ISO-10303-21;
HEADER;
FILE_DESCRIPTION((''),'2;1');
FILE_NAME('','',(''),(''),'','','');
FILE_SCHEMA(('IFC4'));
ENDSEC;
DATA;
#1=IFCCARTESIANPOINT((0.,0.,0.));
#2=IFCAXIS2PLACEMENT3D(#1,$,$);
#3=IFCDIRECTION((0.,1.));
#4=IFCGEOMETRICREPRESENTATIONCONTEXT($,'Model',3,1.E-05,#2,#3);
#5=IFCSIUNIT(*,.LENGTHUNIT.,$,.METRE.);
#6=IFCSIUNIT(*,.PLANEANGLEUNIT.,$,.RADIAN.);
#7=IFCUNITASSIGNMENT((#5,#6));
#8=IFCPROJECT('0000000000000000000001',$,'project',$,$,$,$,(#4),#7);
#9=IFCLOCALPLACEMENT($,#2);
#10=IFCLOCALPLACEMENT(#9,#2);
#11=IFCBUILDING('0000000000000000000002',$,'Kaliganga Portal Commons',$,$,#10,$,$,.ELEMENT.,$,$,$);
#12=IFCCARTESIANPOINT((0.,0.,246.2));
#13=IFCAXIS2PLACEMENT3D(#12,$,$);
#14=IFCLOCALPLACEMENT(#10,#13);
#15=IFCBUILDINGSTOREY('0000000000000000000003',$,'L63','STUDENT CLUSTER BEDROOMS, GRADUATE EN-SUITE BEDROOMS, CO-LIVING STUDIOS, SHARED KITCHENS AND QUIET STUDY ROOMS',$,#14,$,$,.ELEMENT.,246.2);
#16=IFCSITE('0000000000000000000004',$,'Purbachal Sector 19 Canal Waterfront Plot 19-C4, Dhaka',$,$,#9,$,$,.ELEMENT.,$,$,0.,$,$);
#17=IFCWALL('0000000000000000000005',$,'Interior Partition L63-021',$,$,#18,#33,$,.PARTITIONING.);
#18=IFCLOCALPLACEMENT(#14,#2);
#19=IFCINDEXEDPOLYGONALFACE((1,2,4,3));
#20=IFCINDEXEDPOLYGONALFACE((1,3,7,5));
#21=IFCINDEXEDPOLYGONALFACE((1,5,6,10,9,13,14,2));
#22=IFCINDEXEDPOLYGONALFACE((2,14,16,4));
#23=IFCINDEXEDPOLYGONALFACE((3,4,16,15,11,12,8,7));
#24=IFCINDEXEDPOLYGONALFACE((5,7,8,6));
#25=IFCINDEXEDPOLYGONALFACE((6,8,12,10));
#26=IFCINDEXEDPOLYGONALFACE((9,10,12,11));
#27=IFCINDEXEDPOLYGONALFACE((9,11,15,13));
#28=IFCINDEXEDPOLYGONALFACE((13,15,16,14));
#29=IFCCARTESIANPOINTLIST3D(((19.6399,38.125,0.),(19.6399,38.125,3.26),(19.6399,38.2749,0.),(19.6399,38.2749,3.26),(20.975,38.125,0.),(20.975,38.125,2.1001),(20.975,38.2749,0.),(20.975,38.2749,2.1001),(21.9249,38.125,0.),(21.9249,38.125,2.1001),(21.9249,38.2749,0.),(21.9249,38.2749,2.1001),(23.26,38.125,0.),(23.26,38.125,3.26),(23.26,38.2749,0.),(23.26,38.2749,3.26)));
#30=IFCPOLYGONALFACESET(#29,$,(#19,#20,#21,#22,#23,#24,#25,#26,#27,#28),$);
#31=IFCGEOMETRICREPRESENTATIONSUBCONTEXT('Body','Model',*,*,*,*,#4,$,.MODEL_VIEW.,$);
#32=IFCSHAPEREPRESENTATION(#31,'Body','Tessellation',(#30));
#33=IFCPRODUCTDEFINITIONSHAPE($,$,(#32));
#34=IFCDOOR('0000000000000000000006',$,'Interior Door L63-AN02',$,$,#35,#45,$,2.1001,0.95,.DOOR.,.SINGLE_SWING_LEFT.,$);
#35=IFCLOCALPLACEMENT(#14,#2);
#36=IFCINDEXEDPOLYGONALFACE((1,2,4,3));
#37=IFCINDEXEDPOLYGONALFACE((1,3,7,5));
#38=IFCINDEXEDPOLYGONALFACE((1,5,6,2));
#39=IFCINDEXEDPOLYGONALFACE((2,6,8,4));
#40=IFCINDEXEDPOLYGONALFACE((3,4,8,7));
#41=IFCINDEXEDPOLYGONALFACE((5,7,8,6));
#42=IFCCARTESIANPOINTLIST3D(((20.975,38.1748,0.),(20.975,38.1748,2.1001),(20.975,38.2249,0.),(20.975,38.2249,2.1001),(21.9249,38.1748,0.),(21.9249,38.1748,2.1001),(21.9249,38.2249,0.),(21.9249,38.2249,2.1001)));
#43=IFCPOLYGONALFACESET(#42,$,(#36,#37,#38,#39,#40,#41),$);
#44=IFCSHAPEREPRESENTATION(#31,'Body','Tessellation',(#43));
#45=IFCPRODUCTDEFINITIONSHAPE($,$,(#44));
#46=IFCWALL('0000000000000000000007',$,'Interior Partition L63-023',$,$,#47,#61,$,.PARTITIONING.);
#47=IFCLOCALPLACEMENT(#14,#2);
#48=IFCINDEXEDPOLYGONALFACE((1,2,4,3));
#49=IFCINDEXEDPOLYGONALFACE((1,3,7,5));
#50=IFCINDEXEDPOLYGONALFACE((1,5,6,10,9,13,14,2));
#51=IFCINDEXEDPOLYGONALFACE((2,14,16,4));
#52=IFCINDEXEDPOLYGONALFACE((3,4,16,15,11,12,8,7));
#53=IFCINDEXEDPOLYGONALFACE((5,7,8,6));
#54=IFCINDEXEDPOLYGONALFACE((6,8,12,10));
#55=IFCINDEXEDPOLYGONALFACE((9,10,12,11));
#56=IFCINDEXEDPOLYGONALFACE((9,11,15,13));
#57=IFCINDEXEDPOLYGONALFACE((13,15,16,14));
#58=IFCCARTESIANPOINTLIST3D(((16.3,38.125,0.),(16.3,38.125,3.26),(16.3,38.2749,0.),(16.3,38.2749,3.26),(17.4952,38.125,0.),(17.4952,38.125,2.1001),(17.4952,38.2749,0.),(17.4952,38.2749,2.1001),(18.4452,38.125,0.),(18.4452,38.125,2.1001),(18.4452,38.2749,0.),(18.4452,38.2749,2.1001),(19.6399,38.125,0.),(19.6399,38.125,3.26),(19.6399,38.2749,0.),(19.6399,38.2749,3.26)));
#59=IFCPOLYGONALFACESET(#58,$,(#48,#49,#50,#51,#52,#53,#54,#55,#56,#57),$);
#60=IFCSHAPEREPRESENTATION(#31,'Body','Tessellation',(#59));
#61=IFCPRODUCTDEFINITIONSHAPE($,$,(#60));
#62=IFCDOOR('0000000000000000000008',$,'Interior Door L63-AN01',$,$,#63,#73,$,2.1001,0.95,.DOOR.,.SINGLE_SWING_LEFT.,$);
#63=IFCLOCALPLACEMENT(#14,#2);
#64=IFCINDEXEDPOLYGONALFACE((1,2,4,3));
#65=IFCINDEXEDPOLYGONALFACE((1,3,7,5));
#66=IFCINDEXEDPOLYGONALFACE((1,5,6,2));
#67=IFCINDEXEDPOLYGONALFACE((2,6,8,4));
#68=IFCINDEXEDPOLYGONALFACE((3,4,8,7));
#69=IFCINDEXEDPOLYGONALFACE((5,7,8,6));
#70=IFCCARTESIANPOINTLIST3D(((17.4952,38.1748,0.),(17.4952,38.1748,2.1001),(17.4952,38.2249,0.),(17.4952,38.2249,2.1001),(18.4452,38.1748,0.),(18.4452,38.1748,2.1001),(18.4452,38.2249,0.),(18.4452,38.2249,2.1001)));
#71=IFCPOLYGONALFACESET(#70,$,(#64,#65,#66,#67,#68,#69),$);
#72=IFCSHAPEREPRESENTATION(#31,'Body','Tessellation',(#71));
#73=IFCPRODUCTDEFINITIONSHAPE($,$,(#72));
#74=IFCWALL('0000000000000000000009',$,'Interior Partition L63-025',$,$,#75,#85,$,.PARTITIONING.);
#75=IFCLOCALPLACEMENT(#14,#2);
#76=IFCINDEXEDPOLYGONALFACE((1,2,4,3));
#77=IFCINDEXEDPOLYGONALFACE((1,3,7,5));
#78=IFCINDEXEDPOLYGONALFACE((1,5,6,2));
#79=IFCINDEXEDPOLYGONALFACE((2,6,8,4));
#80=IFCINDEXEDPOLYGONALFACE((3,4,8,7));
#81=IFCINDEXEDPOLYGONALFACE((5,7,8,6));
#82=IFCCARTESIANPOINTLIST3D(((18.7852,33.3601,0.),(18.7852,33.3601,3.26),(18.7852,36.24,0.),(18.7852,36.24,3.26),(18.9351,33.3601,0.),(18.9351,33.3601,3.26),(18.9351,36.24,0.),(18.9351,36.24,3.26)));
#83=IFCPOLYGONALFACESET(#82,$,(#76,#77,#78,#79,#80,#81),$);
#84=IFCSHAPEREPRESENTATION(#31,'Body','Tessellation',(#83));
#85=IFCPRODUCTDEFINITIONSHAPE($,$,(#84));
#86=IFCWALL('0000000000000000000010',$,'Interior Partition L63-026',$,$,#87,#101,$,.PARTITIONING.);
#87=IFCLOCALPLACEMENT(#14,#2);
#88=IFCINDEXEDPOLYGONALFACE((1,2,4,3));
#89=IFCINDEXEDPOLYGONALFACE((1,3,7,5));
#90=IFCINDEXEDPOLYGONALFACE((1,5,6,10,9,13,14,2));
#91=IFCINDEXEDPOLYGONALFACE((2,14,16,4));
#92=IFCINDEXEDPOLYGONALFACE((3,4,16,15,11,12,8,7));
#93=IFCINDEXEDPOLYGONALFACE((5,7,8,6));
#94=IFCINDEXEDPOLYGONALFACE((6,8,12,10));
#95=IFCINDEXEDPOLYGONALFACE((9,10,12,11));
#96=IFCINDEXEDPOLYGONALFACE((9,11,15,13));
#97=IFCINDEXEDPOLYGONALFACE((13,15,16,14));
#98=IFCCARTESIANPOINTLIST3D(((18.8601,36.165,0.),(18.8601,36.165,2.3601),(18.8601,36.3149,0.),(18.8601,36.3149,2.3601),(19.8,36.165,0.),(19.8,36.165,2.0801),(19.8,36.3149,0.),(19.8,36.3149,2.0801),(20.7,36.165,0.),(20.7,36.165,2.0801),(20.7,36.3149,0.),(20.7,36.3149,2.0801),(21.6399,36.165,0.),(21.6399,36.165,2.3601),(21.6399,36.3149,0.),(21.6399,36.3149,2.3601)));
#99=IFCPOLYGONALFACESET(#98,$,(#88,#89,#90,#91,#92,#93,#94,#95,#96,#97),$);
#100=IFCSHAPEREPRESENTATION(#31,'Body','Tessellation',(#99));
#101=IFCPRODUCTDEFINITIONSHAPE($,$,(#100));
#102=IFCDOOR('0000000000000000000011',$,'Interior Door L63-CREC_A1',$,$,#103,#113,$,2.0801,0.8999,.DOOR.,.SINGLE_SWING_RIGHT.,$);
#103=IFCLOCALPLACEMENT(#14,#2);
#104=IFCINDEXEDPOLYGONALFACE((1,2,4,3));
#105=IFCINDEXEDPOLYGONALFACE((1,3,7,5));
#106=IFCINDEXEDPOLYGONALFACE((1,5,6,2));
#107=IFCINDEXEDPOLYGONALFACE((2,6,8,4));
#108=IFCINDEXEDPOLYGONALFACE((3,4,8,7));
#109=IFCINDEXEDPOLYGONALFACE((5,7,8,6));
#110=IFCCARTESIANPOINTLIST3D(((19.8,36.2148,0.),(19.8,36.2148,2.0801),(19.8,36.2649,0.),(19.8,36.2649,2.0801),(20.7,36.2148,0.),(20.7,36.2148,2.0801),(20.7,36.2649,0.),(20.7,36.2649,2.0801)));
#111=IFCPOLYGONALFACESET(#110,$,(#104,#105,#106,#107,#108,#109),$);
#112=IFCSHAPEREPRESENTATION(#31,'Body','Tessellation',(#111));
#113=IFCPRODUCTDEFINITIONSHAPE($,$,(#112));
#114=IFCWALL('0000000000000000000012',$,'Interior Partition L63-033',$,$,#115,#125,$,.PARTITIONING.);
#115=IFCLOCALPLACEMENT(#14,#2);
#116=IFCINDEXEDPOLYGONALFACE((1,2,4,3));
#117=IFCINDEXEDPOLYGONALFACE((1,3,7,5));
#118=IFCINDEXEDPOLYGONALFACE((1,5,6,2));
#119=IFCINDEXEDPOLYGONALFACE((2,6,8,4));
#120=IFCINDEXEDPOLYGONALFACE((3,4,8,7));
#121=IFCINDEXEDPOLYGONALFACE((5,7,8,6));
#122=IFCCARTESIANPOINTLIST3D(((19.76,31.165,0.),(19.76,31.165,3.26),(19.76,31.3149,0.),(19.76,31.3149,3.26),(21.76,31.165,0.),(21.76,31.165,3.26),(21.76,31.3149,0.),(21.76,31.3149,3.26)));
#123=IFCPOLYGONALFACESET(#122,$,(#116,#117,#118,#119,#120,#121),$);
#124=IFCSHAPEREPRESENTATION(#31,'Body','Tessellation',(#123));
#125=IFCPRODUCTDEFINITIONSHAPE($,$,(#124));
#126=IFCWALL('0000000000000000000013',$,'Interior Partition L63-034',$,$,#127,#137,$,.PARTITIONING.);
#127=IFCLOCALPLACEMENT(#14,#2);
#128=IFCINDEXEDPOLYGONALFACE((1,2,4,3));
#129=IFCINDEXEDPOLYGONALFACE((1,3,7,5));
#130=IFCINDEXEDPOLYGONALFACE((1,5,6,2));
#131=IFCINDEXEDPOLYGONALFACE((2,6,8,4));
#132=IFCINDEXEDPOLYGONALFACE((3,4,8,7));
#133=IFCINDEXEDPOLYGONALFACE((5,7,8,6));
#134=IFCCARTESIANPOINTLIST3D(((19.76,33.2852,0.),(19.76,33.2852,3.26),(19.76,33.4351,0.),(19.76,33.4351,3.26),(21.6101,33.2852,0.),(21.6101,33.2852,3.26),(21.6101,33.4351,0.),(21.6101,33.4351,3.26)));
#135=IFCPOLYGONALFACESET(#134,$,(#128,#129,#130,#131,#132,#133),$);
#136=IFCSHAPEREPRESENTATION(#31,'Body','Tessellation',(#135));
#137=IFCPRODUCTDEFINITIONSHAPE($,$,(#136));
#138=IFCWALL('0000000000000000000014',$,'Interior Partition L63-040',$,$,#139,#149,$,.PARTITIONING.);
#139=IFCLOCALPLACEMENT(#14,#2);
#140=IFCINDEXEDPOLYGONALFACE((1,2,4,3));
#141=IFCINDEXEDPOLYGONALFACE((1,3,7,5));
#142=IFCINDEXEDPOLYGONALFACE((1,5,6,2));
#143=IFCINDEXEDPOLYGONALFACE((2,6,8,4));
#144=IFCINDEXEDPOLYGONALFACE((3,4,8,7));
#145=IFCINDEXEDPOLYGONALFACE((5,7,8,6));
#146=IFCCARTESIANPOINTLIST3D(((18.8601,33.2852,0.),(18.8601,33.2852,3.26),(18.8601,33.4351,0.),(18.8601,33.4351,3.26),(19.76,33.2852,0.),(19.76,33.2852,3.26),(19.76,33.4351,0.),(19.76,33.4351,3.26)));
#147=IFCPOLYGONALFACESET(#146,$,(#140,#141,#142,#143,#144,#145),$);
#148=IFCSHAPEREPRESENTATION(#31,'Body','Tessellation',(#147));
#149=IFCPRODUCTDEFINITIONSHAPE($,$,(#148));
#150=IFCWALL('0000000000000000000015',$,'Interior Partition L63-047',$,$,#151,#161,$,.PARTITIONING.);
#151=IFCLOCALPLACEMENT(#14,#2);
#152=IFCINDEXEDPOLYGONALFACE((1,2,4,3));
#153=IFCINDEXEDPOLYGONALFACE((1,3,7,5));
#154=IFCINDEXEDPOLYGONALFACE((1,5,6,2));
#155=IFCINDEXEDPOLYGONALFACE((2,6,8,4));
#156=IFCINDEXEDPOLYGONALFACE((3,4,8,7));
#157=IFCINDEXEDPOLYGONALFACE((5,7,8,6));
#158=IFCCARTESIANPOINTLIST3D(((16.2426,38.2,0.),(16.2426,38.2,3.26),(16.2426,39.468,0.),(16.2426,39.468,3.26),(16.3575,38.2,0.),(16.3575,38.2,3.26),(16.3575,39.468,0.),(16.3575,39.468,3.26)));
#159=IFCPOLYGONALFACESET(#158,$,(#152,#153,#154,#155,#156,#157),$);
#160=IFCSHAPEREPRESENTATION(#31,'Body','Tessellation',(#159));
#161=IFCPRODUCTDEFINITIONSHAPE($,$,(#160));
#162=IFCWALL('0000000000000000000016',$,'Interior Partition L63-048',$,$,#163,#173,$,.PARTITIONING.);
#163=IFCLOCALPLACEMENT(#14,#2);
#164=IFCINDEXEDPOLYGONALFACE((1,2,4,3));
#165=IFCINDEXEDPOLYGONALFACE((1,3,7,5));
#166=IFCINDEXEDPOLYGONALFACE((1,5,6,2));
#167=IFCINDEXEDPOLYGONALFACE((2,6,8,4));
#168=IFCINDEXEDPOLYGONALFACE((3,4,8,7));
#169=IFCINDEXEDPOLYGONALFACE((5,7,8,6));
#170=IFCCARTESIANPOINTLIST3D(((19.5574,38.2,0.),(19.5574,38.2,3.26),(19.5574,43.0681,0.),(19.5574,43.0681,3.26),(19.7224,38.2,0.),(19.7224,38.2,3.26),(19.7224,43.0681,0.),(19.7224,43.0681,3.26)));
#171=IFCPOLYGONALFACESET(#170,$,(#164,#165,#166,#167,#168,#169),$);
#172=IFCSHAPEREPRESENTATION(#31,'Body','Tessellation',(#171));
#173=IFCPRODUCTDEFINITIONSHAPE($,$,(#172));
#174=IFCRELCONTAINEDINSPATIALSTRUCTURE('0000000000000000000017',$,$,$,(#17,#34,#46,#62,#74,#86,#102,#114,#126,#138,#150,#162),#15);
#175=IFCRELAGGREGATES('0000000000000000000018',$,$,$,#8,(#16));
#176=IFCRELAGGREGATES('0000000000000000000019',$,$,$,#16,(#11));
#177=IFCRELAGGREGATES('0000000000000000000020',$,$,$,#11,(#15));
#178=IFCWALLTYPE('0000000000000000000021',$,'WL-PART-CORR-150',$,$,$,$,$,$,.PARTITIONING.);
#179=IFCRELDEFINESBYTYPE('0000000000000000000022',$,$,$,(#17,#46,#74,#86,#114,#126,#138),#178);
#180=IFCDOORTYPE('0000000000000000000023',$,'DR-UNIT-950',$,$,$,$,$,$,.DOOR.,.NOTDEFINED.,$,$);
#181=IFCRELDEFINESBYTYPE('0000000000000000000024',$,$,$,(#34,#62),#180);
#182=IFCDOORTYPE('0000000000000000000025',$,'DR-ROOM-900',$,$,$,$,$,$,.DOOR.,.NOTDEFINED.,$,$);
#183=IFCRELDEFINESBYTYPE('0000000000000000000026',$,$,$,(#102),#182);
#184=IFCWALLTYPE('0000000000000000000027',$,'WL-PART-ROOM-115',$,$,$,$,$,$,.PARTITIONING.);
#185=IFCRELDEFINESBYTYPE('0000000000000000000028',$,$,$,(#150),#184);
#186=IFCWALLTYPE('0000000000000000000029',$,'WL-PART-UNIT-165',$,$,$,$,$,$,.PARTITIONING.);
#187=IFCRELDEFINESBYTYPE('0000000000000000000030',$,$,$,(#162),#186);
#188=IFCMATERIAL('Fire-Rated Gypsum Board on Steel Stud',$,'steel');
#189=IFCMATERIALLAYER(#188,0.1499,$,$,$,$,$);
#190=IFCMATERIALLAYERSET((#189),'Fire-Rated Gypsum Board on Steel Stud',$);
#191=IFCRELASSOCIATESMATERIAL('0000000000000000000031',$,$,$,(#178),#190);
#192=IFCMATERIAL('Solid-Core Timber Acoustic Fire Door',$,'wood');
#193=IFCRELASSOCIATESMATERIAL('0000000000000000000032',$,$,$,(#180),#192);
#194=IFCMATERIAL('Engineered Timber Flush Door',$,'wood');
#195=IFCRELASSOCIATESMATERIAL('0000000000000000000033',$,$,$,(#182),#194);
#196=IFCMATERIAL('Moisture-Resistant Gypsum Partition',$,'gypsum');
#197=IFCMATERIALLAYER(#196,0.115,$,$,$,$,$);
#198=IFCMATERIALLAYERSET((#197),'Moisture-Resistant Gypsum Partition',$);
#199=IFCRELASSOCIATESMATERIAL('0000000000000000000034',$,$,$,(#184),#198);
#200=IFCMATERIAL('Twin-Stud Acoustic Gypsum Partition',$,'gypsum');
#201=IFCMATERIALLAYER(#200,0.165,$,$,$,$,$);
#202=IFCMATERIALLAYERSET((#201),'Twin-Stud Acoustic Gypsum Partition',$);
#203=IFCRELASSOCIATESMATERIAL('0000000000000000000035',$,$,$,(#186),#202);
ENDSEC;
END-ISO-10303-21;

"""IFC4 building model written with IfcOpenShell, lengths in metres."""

from ifc_helpers import new_model, si_unit, direction, frame, frame_2d, origin, place, context, subcontext, project, spatial, rectangle, extrude, material, layer, layer_set, type_object, element, fill, save


model = new_model("IFC4")

# Units and contexts
model_context = context("Model", 3, precision=1e-05, world=origin(), true_north=direction((0.0, 1.0)))
body_context = subcontext(model_context, "Body", "Model", "MODEL_VIEW")
ifc_project = project(units=[si_unit("LENGTHUNIT", "METRE"), si_unit("PLANEANGLEUNIT", "RADIAN")], contexts=[model_context])

# Site, building, storey
site_placement = place(None, origin())
site = spatial("IfcSite", under=ifc_project, at=site_placement, Name="Purbachal Sector 19 Canal Waterfront Plot 19-C4, Dhaka", CompositionType="ELEMENT", RefElevation=0.0)
building_placement = place(site_placement, origin())
building = spatial("IfcBuilding", under=site, at=building_placement, Name="Kaliganga Portal Commons", CompositionType="ELEMENT")
storey_placement = place(building_placement, frame((0.0, 0.0, 246.2)))
storey = spatial("IfcBuildingStorey", under=building, at=storey_placement, Name="L63", Description="STUDENT CLUSTER BEDROOMS, GRADUATE EN-SUITE BEDROOMS, CO-LIVING STUDIOS, SHARED KITCHENS AND QUIET STUDY ROOMS", CompositionType="ELEMENT", Elevation=246.2)

# Walls, openings, doors
ifc_material_1 = material(Name="Fire-Rated Gypsum Board on Steel Stud", Category="steel")
ifc_layer_1 = layer(ifc_material_1, 0.1499)
ifc_layer_set_1 = layer_set([ifc_layer_1], Name="Fire-Rated Gypsum Board on Steel Stud")
wall_type_1 = type_object("IfcWallType", Name="WL-PART-CORR-150", PredefinedType="PARTITIONING", material=ifc_layer_set_1)
wall_1_placement = place(storey_placement, frame((19.6399, 38.2, 0.0), z_axis=(0.0, 0.0, 1.0), x_axis=(1.0, 0.0, 0.0)))
wall_1 = element("IfcWall", 1, at=wall_1_placement, inside=storey, type_object=wall_type_1, Name="Interior Partition L63-021", PredefinedType="PARTITIONING", context=body_context, shape_type="SweptSolid", body=[
    extrude(rectangle(XDim=3.6201, YDim=0.1499, at=frame_2d((1.8101, 0.0))), origin(), (0.0, 0.0, 1.0), 3.26),
])
opening_1_placement = place(wall_1_placement, frame((1.335, 0.0, 0.0)))
opening_1 = element("IfcOpeningElement", 2, at=opening_1_placement, cuts=wall_1, PredefinedType="OPENING", context=body_context, shape_type="SweptSolid", body=[
    extrude(rectangle(XDim=0.95, YDim=2.1001, at=frame_2d((0.4751, 1.05))), frame((0.0, 0.085, 0.0), z_axis=(0.0, -1.0, 0.0), x_axis=(1.0, 0.0, 0.0)), (0.0, 0.0, 1.0), 0.1699),
])
ifc_material_2 = material(Name="Solid-Core Timber Acoustic Fire Door", Category="wood")
door_type_1 = type_object("IfcDoorType", Name="DR-UNIT-950", OperationType="NOTDEFINED", PredefinedType="DOOR", material=ifc_material_2)
door_1_placement = place(opening_1_placement, origin())
door_1 = element("IfcDoor", 3, at=door_1_placement, inside=storey, type_object=door_type_1, Name="Interior Door L63-AN02", OperationType="SINGLE_SWING_LEFT", OverallHeight=2.1001, OverallWidth=0.95, PredefinedType="DOOR", context=body_context, shape_type="SweptSolid", body=[
    extrude(rectangle(XDim=0.95, YDim=2.1001, at=frame_2d((0.4751, 1.05))), frame((0.0, 0.0249, 0.0), z_axis=(0.0, -1.0, 0.0), x_axis=(1.0, 0.0, 0.0)), (0.0, 0.0, 1.0), 0.05),
])
fill(opening_1, door_1)
wall_2_placement = place(storey_placement, frame((16.3, 38.2, 0.0), z_axis=(0.0, 0.0, 1.0), x_axis=(1.0, 0.0, 0.0)))
wall_2 = element("IfcWall", 4, at=wall_2_placement, inside=storey, type_object=wall_type_1, Name="Interior Partition L63-023", PredefinedType="PARTITIONING", context=body_context, shape_type="SweptSolid", body=[
    extrude(rectangle(XDim=3.3398, YDim=0.1499, at=frame_2d((1.6699, 0.0))), origin(), (0.0, 0.0, 1.0), 3.26),
])
opening_2_placement = place(wall_2_placement, frame((1.1951, 0.0, 0.0)))
opening_2 = element("IfcOpeningElement", 5, at=opening_2_placement, cuts=wall_2, PredefinedType="OPENING", context=body_context, shape_type="SweptSolid", body=[
    extrude(rectangle(XDim=0.95, YDim=2.1001, at=frame_2d((0.4751, 1.05))), frame((0.0, 0.085, 0.0), z_axis=(0.0, -1.0, 0.0), x_axis=(1.0, 0.0, 0.0)), (0.0, 0.0, 1.0), 0.1699),
])
door_2_placement = place(opening_2_placement, origin())
door_2 = element("IfcDoor", 6, at=door_2_placement, inside=storey, type_object=door_type_1, Name="Interior Door L63-AN01", OperationType="SINGLE_SWING_LEFT", OverallHeight=2.1001, OverallWidth=0.95, PredefinedType="DOOR", context=body_context, shape_type="SweptSolid", body=[
    extrude(rectangle(XDim=0.95, YDim=2.1001, at=frame_2d((0.4751, 1.05))), frame((0.0, 0.0249, 0.0), z_axis=(0.0, -1.0, 0.0), x_axis=(1.0, 0.0, 0.0)), (0.0, 0.0, 1.0), 0.05),
])
fill(opening_2, door_2)

# Wall
wall_3_placement = place(storey_placement, frame((18.8601, 33.3601, 0.0), z_axis=(0.0, 0.0, 1.0), x_axis=(0.0, 1.0, 0.0)))
element("IfcWall", 7, at=wall_3_placement, inside=storey, type_object=wall_type_1, Name="Interior Partition L63-025", PredefinedType="PARTITIONING", context=body_context, shape_type="SweptSolid", body=[
    extrude(rectangle(XDim=2.8799, YDim=0.1499, at=frame_2d((1.4399, 0.0))), origin(), (0.0, 0.0, 1.0), 3.26),
])

# Wall, opening, door
wall_4_placement = place(storey_placement, frame((18.8601, 36.24, 0.0), z_axis=(0.0, 0.0, 1.0), x_axis=(1.0, 0.0, 0.0)))
wall_4 = element("IfcWall", 8, at=wall_4_placement, inside=storey, type_object=wall_type_1, Name="Interior Partition L63-026", PredefinedType="PARTITIONING", context=body_context, shape_type="SweptSolid", body=[
    extrude(rectangle(XDim=2.7798, YDim=0.1499, at=frame_2d((1.3899, 0.0))), origin(), (0.0, 0.0, 1.0), 2.3601),
])
opening_3_placement = place(wall_4_placement, frame((0.9399, 0.0, 0.0)))
opening_3 = element("IfcOpeningElement", 9, at=opening_3_placement, cuts=wall_4, PredefinedType="OPENING", context=body_context, shape_type="SweptSolid", body=[
    extrude(rectangle(XDim=0.8999, YDim=2.0801, at=frame_2d((0.45, 1.04))), frame((0.0, 0.085, 0.0), z_axis=(0.0, -1.0, 0.0), x_axis=(1.0, 0.0, 0.0)), (0.0, 0.0, 1.0), 0.1699),
])
ifc_material_3 = material(Name="Engineered Timber Flush Door", Category="wood")
door_type_2 = type_object("IfcDoorType", Name="DR-ROOM-900", OperationType="NOTDEFINED", PredefinedType="DOOR", material=ifc_material_3)
door_3_placement = place(opening_3_placement, origin())
door_3 = element("IfcDoor", 10, at=door_3_placement, inside=storey, type_object=door_type_2, Name="Interior Door L63-CREC_A1", OperationType="SINGLE_SWING_RIGHT", OverallHeight=2.0801, OverallWidth=0.8999, PredefinedType="DOOR", context=body_context, shape_type="SweptSolid", body=[
    extrude(rectangle(XDim=0.8999, YDim=2.0801, at=frame_2d((0.45, 1.04))), frame((0.0, 0.0249, 0.0), z_axis=(0.0, -1.0, 0.0), x_axis=(1.0, 0.0, 0.0)), (0.0, 0.0, 1.0), 0.05),
])
fill(opening_3, door_3)

# Walls
wall_5_placement = place(storey_placement, frame((19.76, 31.24, 0.0), z_axis=(0.0, 0.0, 1.0), x_axis=(1.0, 0.0, 0.0)))
element("IfcWall", 11, at=wall_5_placement, inside=storey, type_object=wall_type_1, Name="Interior Partition L63-033", PredefinedType="PARTITIONING", context=body_context, shape_type="SweptSolid", body=[
    extrude(rectangle(XDim=2.0, YDim=0.1499, at=frame_2d((1.0, 0.0))), origin(), (0.0, 0.0, 1.0), 3.26),
])
wall_6_placement = place(storey_placement, frame((19.76, 33.3601, 0.0), z_axis=(0.0, 0.0, 1.0), x_axis=(1.0, 0.0, 0.0)))
element("IfcWall", 12, at=wall_6_placement, inside=storey, type_object=wall_type_1, Name="Interior Partition L63-034", PredefinedType="PARTITIONING", context=body_context, shape_type="SweptSolid", body=[
    extrude(rectangle(XDim=1.8501, YDim=0.1499, at=frame_2d((0.925, 0.0))), origin(), (0.0, 0.0, 1.0), 3.26),
])
wall_7_placement = place(storey_placement, frame((18.8601, 33.3601, 0.0), z_axis=(0.0, 0.0, 1.0), x_axis=(1.0, 0.0, 0.0)))
element("IfcWall", 13, at=wall_7_placement, inside=storey, type_object=wall_type_1, Name="Interior Partition L63-040", PredefinedType="PARTITIONING", context=body_context, shape_type="SweptSolid", body=[
    extrude(rectangle(XDim=0.8999, YDim=0.1499, at=frame_2d((0.45, 0.0))), origin(), (0.0, 0.0, 1.0), 3.26),
])
ifc_material_4 = material(Name="Moisture-Resistant Gypsum Partition", Category="gypsum")
ifc_layer_2 = layer(ifc_material_4, 0.115)
ifc_layer_set_2 = layer_set([ifc_layer_2], Name="Moisture-Resistant Gypsum Partition")
wall_type_2 = type_object("IfcWallType", Name="WL-PART-ROOM-115", PredefinedType="PARTITIONING", material=ifc_layer_set_2)
wall_8_placement = place(storey_placement, frame((16.3, 38.2, 0.0), z_axis=(0.0, 0.0, 1.0), x_axis=(0.0, 1.0, 0.0)))
element("IfcWall", 14, at=wall_8_placement, inside=storey, type_object=wall_type_2, Name="Interior Partition L63-047", PredefinedType="PARTITIONING", context=body_context, shape_type="SweptSolid", body=[
    extrude(rectangle(XDim=1.2681, YDim=0.115, at=frame_2d((0.634, 0.0))), origin(), (0.0, 0.0, 1.0), 3.26),
])
ifc_material_5 = material(Name="Twin-Stud Acoustic Gypsum Partition", Category="gypsum")
ifc_layer_3 = layer(ifc_material_5, 0.165)
ifc_layer_set_3 = layer_set([ifc_layer_3], Name="Twin-Stud Acoustic Gypsum Partition")
wall_type_3 = type_object("IfcWallType", Name="WL-PART-UNIT-165", PredefinedType="PARTITIONING", material=ifc_layer_set_3)
wall_9_placement = place(storey_placement, frame((19.6399, 38.2, 0.0), z_axis=(0.0, 0.0, 1.0), x_axis=(0.0, 1.0, 0.0)))
element("IfcWall", 15, at=wall_9_placement, inside=storey, type_object=wall_type_3, Name="Interior Partition L63-048", PredefinedType="PARTITIONING", context=body_context, shape_type="SweptSolid", body=[
    extrude(rectangle(XDim=4.8682, YDim=0.165, at=frame_2d((2.4341, 0.0))), origin(), (0.0, 0.0, 1.0), 3.26),
])

save(model, "model.ifc")
